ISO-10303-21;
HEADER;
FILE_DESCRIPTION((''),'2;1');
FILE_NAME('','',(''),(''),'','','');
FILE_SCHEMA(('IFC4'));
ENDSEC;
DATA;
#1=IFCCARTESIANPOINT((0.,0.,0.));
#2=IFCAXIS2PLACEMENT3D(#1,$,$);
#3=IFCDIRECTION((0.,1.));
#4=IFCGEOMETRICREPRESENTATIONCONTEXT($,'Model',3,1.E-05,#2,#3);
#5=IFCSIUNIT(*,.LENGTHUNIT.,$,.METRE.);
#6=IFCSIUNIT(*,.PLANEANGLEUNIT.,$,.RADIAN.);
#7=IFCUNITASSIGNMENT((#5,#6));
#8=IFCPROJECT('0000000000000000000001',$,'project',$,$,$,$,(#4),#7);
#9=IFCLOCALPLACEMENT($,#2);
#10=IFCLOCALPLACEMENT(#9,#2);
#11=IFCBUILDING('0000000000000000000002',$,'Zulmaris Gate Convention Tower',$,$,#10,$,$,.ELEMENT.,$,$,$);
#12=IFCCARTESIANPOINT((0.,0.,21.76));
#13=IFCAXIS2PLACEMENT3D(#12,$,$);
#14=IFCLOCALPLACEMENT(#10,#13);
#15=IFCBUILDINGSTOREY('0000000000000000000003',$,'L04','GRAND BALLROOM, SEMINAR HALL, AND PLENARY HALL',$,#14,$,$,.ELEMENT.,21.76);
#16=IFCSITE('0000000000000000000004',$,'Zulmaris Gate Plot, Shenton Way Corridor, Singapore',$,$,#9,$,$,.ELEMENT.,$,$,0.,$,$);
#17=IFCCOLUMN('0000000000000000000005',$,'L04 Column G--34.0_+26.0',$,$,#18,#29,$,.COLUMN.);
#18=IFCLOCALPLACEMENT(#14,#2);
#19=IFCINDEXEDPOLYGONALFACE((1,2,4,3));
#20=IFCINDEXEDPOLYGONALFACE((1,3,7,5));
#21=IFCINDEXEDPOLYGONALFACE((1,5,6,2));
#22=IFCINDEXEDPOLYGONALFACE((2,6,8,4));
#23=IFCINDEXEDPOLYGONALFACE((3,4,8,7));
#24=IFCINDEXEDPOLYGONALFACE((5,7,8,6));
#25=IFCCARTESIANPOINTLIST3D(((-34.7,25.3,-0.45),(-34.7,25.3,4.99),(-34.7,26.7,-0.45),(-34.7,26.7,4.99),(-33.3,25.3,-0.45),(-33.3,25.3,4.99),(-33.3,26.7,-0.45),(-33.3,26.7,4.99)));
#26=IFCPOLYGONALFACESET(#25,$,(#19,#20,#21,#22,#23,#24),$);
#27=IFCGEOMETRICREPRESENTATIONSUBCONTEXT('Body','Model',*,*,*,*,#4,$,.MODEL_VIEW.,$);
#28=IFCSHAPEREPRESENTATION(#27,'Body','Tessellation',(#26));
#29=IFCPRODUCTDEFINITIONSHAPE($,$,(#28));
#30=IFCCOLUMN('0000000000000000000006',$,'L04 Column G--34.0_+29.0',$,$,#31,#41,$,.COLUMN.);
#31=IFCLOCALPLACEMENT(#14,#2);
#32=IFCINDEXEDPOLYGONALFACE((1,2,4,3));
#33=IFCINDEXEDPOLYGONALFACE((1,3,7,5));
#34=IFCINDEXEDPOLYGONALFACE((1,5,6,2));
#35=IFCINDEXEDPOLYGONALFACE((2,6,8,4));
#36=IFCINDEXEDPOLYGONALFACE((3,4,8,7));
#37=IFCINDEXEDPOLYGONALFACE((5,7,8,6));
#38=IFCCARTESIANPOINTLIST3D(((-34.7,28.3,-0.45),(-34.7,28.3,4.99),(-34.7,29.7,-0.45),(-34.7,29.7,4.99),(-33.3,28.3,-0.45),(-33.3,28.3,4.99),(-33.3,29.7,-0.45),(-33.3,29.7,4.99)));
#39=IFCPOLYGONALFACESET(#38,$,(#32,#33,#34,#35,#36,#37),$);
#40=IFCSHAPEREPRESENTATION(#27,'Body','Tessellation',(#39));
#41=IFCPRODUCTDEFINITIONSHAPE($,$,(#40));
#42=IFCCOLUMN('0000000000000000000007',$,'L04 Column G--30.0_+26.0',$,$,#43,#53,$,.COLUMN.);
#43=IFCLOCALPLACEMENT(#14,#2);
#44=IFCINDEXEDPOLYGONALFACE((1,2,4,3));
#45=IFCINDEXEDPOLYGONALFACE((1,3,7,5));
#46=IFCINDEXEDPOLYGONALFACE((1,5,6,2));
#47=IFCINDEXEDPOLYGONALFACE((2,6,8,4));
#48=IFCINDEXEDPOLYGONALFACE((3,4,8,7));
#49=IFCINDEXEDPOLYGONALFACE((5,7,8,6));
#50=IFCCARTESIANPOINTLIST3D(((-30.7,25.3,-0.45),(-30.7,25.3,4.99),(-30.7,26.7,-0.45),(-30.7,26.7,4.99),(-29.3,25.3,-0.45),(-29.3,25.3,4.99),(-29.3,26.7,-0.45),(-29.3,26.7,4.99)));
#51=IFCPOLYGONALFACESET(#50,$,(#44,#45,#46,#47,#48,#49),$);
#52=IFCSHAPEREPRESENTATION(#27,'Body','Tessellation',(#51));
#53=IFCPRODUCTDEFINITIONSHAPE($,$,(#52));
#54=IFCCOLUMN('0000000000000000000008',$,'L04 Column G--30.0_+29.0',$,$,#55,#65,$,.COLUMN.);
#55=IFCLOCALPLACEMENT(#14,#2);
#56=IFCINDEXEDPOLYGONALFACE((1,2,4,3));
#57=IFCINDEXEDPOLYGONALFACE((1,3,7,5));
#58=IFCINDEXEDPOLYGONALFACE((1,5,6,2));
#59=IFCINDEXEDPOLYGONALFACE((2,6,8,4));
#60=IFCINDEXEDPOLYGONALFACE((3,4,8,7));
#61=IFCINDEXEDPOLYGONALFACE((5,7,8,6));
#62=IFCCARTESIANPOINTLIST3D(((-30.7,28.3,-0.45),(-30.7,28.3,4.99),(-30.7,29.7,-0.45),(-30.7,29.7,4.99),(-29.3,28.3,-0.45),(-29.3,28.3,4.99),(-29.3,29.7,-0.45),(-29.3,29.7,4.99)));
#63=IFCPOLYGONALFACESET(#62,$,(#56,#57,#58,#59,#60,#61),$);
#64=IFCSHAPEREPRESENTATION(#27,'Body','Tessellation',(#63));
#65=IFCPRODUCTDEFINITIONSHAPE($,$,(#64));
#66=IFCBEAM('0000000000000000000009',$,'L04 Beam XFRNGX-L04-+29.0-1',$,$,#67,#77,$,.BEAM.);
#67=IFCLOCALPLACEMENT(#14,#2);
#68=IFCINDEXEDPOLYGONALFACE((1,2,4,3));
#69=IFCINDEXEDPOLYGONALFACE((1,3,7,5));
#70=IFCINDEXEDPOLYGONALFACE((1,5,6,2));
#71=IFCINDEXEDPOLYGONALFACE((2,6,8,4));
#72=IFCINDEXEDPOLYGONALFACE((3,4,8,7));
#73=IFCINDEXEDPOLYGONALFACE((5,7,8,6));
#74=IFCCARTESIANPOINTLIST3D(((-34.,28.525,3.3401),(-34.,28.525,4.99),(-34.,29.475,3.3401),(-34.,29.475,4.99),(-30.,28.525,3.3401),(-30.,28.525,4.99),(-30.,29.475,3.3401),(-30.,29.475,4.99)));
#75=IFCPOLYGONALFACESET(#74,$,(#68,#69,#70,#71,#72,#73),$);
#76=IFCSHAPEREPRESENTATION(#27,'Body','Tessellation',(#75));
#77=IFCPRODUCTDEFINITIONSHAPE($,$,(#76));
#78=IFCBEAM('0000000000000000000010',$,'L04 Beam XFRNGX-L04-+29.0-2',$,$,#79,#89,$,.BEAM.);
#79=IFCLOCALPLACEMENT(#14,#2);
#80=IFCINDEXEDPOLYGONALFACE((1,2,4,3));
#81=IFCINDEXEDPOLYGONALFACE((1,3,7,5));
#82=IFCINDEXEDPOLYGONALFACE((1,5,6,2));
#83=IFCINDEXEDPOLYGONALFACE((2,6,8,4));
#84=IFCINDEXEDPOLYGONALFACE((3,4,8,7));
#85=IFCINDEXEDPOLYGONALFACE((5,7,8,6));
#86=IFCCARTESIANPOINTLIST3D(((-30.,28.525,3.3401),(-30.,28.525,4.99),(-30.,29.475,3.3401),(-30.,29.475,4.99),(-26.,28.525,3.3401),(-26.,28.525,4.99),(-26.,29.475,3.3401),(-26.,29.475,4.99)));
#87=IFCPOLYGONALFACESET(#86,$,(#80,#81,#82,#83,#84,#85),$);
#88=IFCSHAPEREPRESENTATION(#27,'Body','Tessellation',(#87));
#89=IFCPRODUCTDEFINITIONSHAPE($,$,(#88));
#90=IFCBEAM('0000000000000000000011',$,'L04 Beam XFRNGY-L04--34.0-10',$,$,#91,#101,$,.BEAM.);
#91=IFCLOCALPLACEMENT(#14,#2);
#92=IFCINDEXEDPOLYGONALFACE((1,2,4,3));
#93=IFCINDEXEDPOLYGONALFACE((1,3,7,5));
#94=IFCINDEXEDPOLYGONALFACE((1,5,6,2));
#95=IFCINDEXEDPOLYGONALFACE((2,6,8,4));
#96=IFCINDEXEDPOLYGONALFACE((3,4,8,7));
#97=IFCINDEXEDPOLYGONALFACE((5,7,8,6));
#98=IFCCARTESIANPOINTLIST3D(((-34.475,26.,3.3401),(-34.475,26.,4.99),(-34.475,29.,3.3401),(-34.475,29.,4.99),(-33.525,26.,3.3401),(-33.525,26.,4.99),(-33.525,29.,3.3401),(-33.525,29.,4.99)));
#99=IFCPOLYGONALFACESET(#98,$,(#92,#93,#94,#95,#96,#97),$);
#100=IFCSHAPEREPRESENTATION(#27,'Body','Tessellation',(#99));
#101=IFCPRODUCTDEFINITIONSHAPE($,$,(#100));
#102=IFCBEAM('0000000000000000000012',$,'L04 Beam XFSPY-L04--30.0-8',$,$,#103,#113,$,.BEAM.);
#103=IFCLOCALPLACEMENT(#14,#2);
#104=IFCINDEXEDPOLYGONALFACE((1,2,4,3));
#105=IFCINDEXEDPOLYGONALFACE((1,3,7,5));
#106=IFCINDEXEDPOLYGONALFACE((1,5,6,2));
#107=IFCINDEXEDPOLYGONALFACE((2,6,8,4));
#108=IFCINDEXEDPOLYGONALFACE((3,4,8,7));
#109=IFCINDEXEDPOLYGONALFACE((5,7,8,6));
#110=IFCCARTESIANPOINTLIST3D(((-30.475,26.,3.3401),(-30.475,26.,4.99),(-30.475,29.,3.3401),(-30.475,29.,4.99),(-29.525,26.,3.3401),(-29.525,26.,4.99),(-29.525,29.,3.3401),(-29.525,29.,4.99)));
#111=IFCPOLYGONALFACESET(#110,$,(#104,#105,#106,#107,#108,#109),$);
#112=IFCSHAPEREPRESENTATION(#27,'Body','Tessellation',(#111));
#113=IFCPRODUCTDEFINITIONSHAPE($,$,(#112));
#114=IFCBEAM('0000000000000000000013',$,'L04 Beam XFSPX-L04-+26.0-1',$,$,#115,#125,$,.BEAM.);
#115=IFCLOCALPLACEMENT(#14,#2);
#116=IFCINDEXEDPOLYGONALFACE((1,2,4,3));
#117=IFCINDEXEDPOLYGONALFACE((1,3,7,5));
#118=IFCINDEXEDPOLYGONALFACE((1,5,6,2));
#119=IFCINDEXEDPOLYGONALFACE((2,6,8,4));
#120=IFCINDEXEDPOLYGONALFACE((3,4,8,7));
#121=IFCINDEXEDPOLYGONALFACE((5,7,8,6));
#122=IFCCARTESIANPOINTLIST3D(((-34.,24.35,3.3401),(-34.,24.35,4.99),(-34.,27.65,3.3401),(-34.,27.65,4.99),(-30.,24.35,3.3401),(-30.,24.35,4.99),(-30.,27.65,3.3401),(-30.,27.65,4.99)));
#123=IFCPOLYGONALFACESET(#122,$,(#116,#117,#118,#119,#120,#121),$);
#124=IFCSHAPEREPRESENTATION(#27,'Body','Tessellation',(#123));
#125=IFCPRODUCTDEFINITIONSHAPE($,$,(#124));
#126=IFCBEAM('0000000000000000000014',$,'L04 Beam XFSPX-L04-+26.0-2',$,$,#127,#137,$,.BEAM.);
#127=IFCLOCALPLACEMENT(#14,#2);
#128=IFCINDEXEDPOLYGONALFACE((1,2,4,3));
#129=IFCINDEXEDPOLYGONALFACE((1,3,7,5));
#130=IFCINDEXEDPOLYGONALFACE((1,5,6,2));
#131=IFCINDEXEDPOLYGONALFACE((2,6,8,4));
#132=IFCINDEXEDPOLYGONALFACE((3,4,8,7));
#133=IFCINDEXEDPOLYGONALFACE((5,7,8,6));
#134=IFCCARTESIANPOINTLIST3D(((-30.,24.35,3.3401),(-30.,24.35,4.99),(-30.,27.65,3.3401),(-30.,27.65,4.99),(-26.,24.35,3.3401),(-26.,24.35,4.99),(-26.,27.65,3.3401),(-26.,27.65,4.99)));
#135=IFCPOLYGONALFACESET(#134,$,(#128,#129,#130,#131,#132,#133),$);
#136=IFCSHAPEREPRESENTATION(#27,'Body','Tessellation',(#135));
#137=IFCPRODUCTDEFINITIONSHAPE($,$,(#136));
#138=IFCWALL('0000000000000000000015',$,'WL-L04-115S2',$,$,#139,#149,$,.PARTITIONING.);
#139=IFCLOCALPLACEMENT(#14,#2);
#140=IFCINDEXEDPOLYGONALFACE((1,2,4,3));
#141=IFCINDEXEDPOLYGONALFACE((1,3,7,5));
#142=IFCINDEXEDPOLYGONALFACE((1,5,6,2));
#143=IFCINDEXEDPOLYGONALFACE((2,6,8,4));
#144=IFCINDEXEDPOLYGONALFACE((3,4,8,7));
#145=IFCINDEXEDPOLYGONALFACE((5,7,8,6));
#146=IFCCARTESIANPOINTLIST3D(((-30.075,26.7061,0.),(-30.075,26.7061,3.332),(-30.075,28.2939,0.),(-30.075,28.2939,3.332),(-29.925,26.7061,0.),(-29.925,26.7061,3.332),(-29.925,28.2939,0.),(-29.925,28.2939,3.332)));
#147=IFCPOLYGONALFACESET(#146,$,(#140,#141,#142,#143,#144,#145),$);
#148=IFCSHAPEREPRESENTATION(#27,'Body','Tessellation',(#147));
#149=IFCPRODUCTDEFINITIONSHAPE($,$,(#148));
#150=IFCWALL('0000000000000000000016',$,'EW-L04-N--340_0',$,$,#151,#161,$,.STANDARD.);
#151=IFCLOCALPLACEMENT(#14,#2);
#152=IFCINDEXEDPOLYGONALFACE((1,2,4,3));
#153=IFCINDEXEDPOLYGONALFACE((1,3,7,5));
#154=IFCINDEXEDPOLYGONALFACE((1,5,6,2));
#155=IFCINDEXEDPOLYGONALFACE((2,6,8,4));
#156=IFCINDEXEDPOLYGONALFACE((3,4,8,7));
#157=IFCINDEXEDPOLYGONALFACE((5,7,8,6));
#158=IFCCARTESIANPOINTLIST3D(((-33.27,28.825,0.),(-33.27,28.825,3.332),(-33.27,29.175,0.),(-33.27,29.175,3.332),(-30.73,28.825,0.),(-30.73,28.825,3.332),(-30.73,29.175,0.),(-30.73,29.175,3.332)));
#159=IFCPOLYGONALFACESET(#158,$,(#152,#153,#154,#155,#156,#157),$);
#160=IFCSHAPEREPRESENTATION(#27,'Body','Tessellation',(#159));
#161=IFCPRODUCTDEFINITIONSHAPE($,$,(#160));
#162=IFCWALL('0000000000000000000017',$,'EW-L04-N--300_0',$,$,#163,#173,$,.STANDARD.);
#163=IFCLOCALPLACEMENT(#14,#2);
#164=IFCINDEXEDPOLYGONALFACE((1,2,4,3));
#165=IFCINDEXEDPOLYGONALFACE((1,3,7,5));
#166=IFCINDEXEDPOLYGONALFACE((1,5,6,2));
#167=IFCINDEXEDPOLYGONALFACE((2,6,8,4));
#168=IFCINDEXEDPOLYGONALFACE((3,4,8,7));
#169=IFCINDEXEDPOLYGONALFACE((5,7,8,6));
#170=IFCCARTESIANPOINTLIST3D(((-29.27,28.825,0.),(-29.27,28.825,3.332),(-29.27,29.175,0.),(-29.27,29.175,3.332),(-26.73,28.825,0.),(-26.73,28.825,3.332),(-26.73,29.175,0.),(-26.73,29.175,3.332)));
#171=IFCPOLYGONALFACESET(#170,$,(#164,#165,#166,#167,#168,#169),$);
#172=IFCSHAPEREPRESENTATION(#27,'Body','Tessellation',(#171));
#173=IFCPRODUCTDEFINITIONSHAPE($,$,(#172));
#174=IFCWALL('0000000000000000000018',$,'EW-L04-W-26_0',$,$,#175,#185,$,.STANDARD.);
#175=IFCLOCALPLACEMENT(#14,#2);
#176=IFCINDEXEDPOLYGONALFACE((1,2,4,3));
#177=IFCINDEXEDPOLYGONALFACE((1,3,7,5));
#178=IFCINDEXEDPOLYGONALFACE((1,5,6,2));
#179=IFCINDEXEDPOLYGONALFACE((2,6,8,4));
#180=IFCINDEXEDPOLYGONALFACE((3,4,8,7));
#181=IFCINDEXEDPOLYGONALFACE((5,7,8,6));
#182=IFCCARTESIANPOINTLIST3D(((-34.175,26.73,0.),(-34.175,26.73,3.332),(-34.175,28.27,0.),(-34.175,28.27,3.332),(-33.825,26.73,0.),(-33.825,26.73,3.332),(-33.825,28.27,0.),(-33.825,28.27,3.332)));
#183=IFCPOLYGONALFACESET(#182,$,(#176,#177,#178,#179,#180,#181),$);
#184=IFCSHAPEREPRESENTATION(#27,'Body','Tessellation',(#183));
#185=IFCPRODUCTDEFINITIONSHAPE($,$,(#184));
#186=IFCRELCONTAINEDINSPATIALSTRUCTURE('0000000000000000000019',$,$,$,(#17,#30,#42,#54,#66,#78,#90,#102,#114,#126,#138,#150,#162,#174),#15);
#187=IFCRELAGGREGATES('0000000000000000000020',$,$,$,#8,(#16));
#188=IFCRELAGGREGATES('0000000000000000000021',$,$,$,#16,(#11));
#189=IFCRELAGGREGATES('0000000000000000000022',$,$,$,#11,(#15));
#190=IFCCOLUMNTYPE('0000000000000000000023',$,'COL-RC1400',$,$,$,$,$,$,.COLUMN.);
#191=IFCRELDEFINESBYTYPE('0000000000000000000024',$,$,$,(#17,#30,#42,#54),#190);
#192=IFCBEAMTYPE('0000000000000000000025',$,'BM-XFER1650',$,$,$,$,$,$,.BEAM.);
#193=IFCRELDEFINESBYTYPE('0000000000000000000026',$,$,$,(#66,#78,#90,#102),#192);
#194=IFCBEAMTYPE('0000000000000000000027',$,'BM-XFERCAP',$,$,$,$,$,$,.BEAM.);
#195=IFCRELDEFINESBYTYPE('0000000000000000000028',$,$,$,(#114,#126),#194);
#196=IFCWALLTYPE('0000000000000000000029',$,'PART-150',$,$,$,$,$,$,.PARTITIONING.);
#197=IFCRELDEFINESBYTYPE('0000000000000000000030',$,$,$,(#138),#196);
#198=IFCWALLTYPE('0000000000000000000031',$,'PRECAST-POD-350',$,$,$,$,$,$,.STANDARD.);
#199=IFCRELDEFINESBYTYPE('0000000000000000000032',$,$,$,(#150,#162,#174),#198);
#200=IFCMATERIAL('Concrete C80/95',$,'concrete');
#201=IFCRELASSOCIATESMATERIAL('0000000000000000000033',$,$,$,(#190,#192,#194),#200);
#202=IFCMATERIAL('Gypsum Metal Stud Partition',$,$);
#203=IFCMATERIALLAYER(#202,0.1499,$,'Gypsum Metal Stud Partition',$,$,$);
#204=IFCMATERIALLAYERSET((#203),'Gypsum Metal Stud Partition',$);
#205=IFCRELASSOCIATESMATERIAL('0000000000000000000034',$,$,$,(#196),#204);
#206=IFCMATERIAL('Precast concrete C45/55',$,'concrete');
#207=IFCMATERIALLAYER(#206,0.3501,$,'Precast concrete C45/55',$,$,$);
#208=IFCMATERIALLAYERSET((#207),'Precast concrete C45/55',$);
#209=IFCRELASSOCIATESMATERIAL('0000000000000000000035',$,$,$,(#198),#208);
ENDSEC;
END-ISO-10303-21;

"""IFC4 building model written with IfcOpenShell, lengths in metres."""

from ifc_helpers import new_model, si_unit, direction, frame, frame_2d, origin, origin_2d, place, context, subcontext, project, spatial, rectangle, extrude, material, layer, layer_set, material_profile, profile_set, type_object, element, save


model = new_model("IFC4")

# Units and contexts
model_context = context("Model", 3, precision=1e-05, world=origin(), true_north=direction((0.0, 1.0)))
body_context = subcontext(model_context, "Body", "Model", "MODEL_VIEW")
ifc_project = project(units=[si_unit("LENGTHUNIT", "METRE"), si_unit("PLANEANGLEUNIT", "RADIAN")], contexts=[model_context])

# Site, building, storey
site_placement = place(None, origin())
site = spatial("IfcSite", under=ifc_project, at=site_placement, Name="Zulmaris Gate Plot, Shenton Way Corridor, Singapore", CompositionType="ELEMENT", RefElevation=0.0)
building_placement = place(site_placement, origin())
building = spatial("IfcBuilding", under=site, at=building_placement, Name="Zulmaris Gate Convention Tower", CompositionType="ELEMENT")
storey_placement = place(building_placement, frame((0.0, 0.0, 21.76)))
storey = spatial("IfcBuildingStorey", under=building, at=storey_placement, Name="L04", Description="GRAND BALLROOM, SEMINAR HALL, AND PLENARY HALL", CompositionType="ELEMENT", Elevation=21.76)

# Columns
ifc_material_1 = material(Name="Concrete C80/95", Category="concrete")
ifc_material_profile_1 = material_profile(ifc_material_1, rectangle(XDim=1.3999, YDim=1.3999, at=origin_2d()), Name="RC COL 1400x1400")
ifc_profile_set_1 = profile_set([ifc_material_profile_1], Name="Concrete C80/95")
column_type = type_object("IfcColumnType", Name="COL-RC1400", PredefinedType="COLUMN", material=ifc_profile_set_1)
for number, where, z_axis, x_axis, name in (
    (1, (-34.0, 26.0, -0.45), (0.0, 0.0, 1.0), (1.0, 0.0, 0.0), "L04 Column G--34.0_+26.0"),
    (2, (-34.0, 29.0, -0.45), (0.0, 0.0, 1.0), (1.0, 0.0, 0.0), "L04 Column G--34.0_+29.0"),
    (3, (-30.0, 26.0, -0.45), (0.0, 0.0, 1.0), (1.0, 0.0, 0.0), "L04 Column G--30.0_+26.0"),
    (4, (-30.0, 29.0, -0.45), (0.0, 0.0, 1.0), (1.0, 0.0, 0.0), "L04 Column G--30.0_+29.0"),
):
    element("IfcColumn", number, at=place(storey_placement, frame(where, z_axis=z_axis, x_axis=x_axis)), inside=storey, type_object=column_type, Name=name, PredefinedType="COLUMN", context=body_context, shape_type="SweptSolid", body=[
        extrude(rectangle(XDim=1.3999, YDim=1.3999, at=origin_2d()), origin(), (0.0, 0.0, 1.0), 5.4399),
    ])

# Beams
ifc_material_profile_2 = material_profile(ifc_material_1, rectangle(XDim=0.95, YDim=1.6499, at=origin_2d()), Name="RC TRANSFER 950x1650")
ifc_profile_set_2 = profile_set([ifc_material_profile_2], Name="Concrete C80/95")
beam_type_1 = type_object("IfcBeamType", Name="BM-XFER1650", PredefinedType="BEAM", material=ifc_profile_set_2)
for number, where, z_axis, x_axis, name in (
    (5, (-34.0, 29.0, 4.165), (1.0, 0.0, 0.0), (0.0, 1.0, 0.0), "L04 Beam XFRNGX-L04-+29.0-1"),
    (6, (-30.0, 29.0, 4.165), (1.0, 0.0, 0.0), (0.0, 1.0, 0.0), "L04 Beam XFRNGX-L04-+29.0-2"),
):
    element("IfcBeam", number, at=place(storey_placement, frame(where, z_axis=z_axis, x_axis=x_axis)), inside=storey, type_object=beam_type_1, Name=name, PredefinedType="BEAM", context=body_context, shape_type="SweptSolid", body=[
        extrude(rectangle(XDim=0.95, YDim=1.6499, at=origin_2d()), origin(), (0.0, 0.0, 1.0), 4.0),
    ])
for number, where, z_axis, x_axis, name in (
    (7, (-34.0, 26.0, 4.165), (0.0, 1.0, 0.0), (-1.0, 0.0, 0.0), "L04 Beam XFRNGY-L04--34.0-10"),
    (8, (-30.0, 26.0, 4.165), (0.0, 1.0, 0.0), (-1.0, 0.0, 0.0), "L04 Beam XFSPY-L04--30.0-8"),
):
    element("IfcBeam", number, at=place(storey_placement, frame(where, z_axis=z_axis, x_axis=x_axis)), inside=storey, type_object=beam_type_1, Name=name, PredefinedType="BEAM", context=body_context, shape_type="SweptSolid", body=[
        extrude(rectangle(XDim=0.95, YDim=1.6499, at=origin_2d()), origin(), (0.0, 0.0, 1.0), 3.0),
    ])
ifc_material_profile_3 = material_profile(ifc_material_1, rectangle(XDim=3.3, YDim=1.6499, at=origin_2d()), Name="RC TRANSFER 3300x1650")
ifc_profile_set_3 = profile_set([ifc_material_profile_3], Name="Concrete C80/95")
beam_type_2 = type_object("IfcBeamType", Name="BM-XFERCAP", PredefinedType="BEAM", material=ifc_profile_set_3)
for number, where, z_axis, x_axis, name in (
    (9, (-34.0, 26.0, 4.165), (1.0, 0.0, 0.0), (0.0, 1.0, 0.0), "L04 Beam XFSPX-L04-+26.0-1"),
    (10, (-30.0, 26.0, 4.165), (1.0, 0.0, 0.0), (0.0, 1.0, 0.0), "L04 Beam XFSPX-L04-+26.0-2"),
):
    element("IfcBeam", number, at=place(storey_placement, frame(where, z_axis=z_axis, x_axis=x_axis)), inside=storey, type_object=beam_type_2, Name=name, PredefinedType="BEAM", context=body_context, shape_type="SweptSolid", body=[
        extrude(rectangle(XDim=3.3, YDim=1.6499, at=origin_2d()), origin(), (0.0, 0.0, 1.0), 4.0),
    ])

# Walls
ifc_material_2 = material(Name="Gypsum Metal Stud Partition")
ifc_layer_1 = layer(ifc_material_2, 0.1499, Name="Gypsum Metal Stud Partition")
ifc_layer_set_1 = layer_set([ifc_layer_1], Name="Gypsum Metal Stud Partition")
wall_type_1 = type_object("IfcWallType", Name="PART-150", PredefinedType="PARTITIONING", material=ifc_layer_set_1)
wall_1_placement = place(storey_placement, frame((-30.0, 26.7061, 0.0), z_axis=(0.0, 0.0, 1.0), x_axis=(0.0, 1.0, 0.0)))
element("IfcWall", 11, at=wall_1_placement, inside=storey, type_object=wall_type_1, Name="WL-L04-115S2", PredefinedType="PARTITIONING", context=body_context, shape_type="SweptSolid", body=[
    extrude(rectangle(XDim=1.5879, YDim=0.1499, at=frame_2d((0.7939, 0.0))), origin(), (0.0, 0.0, 1.0), 3.332),
])
ifc_material_3 = material(Name="Precast concrete C45/55", Category="concrete")
ifc_layer_2 = layer(ifc_material_3, 0.3501, Name="Precast concrete C45/55")
ifc_layer_set_2 = layer_set([ifc_layer_2], Name="Precast concrete C45/55")
wall_type_2 = type_object("IfcWallType", Name="PRECAST-POD-350", PredefinedType="STANDARD", material=ifc_layer_set_2)
for number, where, z_axis, x_axis, name in (
    (12, (-30.73, 29.0, 0.0), (0.0, 0.0, 1.0), (-1.0, 0.0, 0.0), "EW-L04-N--340_0"),
    (13, (-26.73, 29.0, 0.0), (0.0, 0.0, 1.0), (-1.0, 0.0, 0.0), "EW-L04-N--300_0"),
):
    element("IfcWall", number, at=place(storey_placement, frame(where, z_axis=z_axis, x_axis=x_axis)), inside=storey, type_object=wall_type_2, Name=name, PredefinedType="STANDARD", context=body_context, shape_type="SweptSolid", body=[
        extrude(rectangle(XDim=2.54, YDim=0.3501, at=frame_2d((1.27, 0.0))), origin(), (0.0, 0.0, 1.0), 3.332),
    ])
wall_2_placement = place(storey_placement, frame((-34.0, 26.73, 0.0), z_axis=(0.0, 0.0, 1.0), x_axis=(0.0, 1.0, 0.0)))
element("IfcWall", 14, at=wall_2_placement, inside=storey, type_object=wall_type_2, Name="EW-L04-W-26_0", PredefinedType="STANDARD", context=body_context, shape_type="SweptSolid", body=[
    extrude(rectangle(XDim=1.54, YDim=0.3501, at=frame_2d((0.77, 0.0))), origin(), (0.0, 0.0, 1.0), 3.332),
])

save(model, "model.ifc")
